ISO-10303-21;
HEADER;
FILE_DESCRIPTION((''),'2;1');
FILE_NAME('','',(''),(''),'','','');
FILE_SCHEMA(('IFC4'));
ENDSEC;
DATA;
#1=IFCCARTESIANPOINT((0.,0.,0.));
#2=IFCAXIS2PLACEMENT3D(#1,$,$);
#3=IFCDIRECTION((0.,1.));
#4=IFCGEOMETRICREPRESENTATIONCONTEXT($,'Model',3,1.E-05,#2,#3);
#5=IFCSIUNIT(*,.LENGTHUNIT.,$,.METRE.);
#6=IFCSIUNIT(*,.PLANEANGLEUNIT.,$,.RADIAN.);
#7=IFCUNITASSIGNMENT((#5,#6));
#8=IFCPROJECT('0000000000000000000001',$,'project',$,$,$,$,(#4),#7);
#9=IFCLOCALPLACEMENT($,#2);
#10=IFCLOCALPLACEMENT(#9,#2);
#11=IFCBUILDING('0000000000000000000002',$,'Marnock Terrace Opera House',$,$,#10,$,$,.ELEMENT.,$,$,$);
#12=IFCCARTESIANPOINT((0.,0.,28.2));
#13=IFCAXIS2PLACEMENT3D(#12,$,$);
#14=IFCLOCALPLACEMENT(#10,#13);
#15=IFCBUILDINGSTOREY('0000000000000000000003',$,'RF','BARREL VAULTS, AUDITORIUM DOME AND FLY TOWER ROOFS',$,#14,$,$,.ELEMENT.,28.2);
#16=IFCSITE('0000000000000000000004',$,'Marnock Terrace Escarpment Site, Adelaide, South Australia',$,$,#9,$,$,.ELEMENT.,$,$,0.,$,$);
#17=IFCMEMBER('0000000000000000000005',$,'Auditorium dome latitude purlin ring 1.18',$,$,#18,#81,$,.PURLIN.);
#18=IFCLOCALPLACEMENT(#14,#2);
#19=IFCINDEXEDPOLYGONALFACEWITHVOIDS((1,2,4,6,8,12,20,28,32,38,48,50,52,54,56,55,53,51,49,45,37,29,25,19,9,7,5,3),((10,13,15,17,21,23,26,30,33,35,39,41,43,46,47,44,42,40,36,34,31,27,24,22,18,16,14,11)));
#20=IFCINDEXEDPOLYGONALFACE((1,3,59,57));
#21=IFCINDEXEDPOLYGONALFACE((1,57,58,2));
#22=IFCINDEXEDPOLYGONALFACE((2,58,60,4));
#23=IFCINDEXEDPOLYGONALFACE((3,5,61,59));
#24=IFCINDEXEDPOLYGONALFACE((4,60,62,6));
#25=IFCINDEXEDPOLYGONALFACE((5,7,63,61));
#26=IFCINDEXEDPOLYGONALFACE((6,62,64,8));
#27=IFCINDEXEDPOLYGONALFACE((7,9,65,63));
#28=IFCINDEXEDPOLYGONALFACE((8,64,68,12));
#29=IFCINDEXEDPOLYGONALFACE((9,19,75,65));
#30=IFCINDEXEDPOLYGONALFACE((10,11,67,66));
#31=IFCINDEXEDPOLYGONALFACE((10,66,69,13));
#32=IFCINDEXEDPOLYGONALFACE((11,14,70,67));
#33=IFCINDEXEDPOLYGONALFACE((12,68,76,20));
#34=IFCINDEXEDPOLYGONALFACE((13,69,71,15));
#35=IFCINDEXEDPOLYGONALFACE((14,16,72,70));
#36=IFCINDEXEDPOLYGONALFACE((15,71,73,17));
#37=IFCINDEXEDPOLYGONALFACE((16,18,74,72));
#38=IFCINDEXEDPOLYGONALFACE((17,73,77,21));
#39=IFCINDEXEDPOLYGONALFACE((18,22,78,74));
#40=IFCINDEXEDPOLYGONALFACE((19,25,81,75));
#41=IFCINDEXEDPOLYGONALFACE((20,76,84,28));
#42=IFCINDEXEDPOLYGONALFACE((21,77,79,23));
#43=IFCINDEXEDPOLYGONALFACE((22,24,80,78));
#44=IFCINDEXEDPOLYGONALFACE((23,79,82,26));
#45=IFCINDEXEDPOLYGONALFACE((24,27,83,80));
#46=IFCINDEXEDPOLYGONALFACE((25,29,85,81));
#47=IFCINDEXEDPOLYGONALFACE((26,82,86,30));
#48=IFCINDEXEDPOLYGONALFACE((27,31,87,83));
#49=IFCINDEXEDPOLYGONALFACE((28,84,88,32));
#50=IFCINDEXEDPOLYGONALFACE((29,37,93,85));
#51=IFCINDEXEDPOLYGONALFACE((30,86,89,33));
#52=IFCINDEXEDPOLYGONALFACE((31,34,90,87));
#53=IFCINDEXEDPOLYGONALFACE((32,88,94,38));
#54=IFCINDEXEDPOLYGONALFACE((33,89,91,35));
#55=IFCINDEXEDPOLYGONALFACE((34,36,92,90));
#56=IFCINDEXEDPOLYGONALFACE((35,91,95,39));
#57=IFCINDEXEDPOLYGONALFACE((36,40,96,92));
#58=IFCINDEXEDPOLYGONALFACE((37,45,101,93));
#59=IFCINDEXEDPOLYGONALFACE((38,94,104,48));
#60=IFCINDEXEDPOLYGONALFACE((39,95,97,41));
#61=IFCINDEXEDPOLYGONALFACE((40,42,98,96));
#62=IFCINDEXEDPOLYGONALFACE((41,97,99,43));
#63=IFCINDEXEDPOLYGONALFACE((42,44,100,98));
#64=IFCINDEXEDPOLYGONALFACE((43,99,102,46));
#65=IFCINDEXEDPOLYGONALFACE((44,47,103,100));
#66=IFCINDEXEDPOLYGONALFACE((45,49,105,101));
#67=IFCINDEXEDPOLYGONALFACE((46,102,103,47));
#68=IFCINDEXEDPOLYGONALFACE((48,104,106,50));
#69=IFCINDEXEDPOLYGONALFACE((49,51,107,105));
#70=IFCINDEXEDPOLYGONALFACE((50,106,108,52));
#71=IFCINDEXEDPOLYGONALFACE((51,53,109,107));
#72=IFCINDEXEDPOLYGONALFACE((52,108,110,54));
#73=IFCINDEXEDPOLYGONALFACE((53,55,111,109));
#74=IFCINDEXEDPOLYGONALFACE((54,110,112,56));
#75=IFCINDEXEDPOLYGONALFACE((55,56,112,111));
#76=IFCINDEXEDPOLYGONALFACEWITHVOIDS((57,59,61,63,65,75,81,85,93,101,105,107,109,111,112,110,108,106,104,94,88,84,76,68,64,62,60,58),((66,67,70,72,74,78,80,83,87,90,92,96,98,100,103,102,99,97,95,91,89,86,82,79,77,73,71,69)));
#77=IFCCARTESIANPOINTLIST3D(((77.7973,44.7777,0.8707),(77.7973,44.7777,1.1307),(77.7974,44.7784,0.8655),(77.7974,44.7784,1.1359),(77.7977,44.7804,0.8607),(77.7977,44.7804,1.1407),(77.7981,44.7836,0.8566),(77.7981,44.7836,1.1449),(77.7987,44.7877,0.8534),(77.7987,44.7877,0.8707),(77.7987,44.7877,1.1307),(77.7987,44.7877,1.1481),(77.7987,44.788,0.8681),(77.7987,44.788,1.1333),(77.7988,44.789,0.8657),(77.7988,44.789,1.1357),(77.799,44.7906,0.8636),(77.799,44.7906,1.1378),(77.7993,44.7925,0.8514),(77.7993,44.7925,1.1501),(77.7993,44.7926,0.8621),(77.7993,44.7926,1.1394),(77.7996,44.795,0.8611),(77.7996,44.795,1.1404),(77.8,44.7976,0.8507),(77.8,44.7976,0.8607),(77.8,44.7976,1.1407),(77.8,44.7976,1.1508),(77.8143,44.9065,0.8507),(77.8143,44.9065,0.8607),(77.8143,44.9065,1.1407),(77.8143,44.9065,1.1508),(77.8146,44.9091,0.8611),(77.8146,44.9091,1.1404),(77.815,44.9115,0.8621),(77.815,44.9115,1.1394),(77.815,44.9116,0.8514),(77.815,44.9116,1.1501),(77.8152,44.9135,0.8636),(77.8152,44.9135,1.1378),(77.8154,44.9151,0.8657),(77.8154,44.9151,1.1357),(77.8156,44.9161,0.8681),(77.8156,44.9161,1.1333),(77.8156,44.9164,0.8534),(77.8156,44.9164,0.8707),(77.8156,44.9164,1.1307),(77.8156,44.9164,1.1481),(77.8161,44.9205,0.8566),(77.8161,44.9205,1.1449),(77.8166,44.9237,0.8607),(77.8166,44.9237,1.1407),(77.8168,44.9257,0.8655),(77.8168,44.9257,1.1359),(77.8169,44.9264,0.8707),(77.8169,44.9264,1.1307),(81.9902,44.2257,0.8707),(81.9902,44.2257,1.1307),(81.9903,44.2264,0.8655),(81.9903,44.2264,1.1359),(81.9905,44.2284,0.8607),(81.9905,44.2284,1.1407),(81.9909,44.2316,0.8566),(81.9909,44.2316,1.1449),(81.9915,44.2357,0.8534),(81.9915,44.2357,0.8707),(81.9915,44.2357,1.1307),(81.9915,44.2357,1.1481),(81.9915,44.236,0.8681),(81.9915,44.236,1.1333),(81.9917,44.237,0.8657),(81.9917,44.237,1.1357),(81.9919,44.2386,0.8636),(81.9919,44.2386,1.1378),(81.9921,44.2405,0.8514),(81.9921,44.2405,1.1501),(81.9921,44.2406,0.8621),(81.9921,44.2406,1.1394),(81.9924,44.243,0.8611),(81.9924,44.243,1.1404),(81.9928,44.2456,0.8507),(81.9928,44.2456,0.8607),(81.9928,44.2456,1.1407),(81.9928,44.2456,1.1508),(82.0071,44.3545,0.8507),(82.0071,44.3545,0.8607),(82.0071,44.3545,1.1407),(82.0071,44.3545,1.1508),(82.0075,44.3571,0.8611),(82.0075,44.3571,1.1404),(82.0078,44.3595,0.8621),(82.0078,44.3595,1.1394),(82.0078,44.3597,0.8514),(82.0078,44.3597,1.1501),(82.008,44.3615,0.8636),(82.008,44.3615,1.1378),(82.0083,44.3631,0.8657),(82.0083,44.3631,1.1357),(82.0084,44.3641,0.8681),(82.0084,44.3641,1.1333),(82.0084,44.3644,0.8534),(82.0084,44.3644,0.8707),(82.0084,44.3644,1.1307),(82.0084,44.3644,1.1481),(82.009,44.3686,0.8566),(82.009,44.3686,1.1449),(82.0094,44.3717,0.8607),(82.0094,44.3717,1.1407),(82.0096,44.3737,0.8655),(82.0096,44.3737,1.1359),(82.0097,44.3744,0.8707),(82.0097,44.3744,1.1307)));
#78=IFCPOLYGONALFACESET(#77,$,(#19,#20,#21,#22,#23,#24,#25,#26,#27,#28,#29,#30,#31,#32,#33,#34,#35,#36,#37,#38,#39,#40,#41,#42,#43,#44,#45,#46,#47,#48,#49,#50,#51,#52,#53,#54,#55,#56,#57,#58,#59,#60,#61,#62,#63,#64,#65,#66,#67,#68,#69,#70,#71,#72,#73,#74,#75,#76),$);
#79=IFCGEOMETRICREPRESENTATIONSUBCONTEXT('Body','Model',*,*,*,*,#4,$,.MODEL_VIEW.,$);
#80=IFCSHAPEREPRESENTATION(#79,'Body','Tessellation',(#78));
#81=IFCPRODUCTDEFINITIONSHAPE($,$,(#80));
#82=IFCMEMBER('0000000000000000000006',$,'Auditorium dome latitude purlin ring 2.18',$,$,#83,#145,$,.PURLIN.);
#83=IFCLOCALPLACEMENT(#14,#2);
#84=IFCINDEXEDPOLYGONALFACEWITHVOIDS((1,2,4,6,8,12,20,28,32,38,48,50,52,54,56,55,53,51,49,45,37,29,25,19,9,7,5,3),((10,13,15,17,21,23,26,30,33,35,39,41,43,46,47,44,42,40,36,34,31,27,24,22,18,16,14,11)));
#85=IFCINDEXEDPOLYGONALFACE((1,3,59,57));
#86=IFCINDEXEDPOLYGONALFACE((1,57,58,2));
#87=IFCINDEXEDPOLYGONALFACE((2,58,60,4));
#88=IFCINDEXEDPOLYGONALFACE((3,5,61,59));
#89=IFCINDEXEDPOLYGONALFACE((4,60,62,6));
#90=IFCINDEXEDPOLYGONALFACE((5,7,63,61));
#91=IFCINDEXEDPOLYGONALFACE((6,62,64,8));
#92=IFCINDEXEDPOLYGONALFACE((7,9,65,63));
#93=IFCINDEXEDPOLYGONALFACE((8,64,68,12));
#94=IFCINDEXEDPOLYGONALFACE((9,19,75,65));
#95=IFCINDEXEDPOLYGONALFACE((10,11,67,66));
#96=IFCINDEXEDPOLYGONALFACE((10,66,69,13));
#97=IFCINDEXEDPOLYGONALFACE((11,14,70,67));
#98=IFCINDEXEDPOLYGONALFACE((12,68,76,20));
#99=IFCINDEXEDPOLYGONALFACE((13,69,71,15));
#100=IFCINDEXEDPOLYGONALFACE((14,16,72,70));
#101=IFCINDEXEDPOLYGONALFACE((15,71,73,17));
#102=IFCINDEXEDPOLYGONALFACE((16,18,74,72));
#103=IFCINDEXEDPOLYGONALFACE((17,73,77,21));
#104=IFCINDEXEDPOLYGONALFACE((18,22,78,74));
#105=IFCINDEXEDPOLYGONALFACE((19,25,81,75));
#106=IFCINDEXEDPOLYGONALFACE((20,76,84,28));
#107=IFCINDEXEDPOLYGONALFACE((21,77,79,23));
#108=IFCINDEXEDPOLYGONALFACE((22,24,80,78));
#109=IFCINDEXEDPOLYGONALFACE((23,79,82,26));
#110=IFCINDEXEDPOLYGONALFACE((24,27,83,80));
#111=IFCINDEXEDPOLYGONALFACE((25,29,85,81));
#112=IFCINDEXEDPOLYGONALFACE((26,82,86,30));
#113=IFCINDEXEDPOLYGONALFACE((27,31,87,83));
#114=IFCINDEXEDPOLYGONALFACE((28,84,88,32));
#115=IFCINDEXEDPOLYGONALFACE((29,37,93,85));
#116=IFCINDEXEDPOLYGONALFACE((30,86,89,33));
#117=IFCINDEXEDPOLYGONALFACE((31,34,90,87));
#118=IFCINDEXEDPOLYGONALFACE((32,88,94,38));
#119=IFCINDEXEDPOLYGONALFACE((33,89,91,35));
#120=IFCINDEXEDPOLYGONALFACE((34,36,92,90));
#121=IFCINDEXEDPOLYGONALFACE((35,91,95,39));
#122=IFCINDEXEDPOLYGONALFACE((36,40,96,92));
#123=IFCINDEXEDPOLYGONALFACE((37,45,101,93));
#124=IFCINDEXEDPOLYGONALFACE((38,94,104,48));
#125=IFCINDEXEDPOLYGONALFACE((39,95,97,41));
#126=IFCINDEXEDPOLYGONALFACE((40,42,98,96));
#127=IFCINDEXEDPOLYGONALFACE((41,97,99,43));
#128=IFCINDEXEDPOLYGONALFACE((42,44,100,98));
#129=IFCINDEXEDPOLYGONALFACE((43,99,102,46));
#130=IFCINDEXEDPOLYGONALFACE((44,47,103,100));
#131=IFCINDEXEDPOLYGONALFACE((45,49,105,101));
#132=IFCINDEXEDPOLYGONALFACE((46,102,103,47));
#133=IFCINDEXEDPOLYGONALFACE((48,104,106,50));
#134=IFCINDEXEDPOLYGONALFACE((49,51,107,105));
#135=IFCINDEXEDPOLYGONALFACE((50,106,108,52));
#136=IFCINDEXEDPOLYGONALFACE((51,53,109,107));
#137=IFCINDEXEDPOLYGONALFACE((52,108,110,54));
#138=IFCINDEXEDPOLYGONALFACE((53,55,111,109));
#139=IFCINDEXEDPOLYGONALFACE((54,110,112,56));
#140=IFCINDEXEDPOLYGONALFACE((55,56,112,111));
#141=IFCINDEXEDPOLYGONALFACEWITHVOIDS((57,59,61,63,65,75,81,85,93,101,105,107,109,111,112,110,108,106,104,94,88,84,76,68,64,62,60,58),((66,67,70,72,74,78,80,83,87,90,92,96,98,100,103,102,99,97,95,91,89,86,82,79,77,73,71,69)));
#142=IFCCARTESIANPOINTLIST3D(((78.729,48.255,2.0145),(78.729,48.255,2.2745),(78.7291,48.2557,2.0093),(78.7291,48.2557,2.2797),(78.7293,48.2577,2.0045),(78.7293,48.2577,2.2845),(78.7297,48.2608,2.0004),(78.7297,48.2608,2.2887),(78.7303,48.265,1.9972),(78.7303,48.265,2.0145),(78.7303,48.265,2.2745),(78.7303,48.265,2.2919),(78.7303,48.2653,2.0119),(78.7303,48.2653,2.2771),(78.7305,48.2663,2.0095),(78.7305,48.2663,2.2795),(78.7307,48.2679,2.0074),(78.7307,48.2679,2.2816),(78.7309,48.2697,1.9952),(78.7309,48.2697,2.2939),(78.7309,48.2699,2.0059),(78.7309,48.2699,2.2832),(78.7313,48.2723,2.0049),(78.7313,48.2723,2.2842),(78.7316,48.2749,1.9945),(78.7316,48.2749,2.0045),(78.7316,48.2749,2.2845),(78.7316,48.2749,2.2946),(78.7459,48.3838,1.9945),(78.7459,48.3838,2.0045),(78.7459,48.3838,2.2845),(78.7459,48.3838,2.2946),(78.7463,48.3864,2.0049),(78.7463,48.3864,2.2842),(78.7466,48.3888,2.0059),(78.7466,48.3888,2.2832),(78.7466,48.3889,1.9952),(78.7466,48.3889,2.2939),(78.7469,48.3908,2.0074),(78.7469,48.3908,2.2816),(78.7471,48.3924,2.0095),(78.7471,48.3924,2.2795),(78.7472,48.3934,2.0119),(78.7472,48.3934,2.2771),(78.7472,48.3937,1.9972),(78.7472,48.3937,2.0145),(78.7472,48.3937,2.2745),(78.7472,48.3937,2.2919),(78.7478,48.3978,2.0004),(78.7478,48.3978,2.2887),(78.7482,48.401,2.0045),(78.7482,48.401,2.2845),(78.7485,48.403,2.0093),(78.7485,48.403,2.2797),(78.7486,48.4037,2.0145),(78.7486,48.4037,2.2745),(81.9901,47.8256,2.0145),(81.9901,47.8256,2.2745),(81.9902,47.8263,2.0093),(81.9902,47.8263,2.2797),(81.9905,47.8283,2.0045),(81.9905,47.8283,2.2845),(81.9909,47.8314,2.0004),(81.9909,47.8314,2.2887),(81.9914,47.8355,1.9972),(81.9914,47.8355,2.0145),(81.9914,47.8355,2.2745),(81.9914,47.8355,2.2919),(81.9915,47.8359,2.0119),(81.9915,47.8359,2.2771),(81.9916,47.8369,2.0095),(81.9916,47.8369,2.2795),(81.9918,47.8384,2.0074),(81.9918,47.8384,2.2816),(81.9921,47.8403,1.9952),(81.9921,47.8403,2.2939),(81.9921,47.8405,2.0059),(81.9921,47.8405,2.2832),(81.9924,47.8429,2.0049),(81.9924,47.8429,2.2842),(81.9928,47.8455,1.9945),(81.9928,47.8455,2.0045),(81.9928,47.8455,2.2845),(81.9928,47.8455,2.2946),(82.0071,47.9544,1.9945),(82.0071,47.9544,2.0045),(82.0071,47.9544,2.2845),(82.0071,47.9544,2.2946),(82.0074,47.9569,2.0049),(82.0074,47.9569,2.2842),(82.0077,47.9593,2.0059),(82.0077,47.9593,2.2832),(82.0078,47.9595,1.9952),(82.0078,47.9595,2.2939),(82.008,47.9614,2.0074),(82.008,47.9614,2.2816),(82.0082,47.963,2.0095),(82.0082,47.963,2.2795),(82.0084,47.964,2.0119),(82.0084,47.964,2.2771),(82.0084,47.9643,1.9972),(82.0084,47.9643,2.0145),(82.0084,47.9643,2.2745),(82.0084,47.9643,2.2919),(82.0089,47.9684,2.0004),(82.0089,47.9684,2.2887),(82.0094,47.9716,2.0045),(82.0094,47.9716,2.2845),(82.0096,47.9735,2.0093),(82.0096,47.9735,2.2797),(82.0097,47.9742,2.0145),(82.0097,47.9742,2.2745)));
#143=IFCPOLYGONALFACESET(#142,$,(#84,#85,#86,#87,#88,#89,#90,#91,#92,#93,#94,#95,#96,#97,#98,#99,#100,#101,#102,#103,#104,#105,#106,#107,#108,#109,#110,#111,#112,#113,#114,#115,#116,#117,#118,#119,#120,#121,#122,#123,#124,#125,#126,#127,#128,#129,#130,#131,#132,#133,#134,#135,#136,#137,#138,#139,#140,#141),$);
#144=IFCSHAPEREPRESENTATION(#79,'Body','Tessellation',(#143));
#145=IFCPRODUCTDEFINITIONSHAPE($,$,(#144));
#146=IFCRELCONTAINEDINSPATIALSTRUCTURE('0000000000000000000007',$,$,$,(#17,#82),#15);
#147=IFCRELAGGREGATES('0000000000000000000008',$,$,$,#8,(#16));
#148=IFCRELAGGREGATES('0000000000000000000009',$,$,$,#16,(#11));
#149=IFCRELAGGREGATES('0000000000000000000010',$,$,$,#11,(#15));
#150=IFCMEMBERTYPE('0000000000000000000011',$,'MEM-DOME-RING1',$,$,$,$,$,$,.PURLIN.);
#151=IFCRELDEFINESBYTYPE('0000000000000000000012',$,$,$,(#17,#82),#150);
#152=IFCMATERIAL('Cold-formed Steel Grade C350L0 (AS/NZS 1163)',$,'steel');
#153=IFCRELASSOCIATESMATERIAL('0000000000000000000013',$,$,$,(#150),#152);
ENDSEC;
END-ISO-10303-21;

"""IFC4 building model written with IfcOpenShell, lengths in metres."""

from ifc_helpers import new_model, si_unit, direction, frame, origin, origin_2d, place, context, subcontext, project, spatial, hollow_rectangle, extrude, material, material_profile, profile_set, type_object, element, save


model = new_model("IFC4")

# Units and contexts
model_context = context("Model", 3, precision=1e-05, world=origin(), true_north=direction((0.0, 1.0)))
body_context = subcontext(model_context, "Body", "Model", "MODEL_VIEW")
ifc_project = project(units=[si_unit("LENGTHUNIT", "METRE"), si_unit("PLANEANGLEUNIT", "RADIAN")], contexts=[model_context])

# Site, building, storey
site_placement = place(None, origin())
site = spatial("IfcSite", under=ifc_project, at=site_placement, Name="Marnock Terrace Escarpment Site, Adelaide, South Australia", CompositionType="ELEMENT", RefElevation=0.0)
building_placement = place(site_placement, origin())
building = spatial("IfcBuilding", under=site, at=building_placement, Name="Marnock Terrace Opera House", CompositionType="ELEMENT")
storey_placement = place(building_placement, frame((0.0, 0.0, 28.2)))
storey = spatial("IfcBuildingStorey", under=building, at=storey_placement, Name="RF", Description="BARREL VAULTS, AUDITORIUM DOME AND FLY TOWER ROOFS", CompositionType="ELEMENT", Elevation=28.2)

# Members
ifc_material_1 = material(Name="Cold-formed Steel Grade C350L0 (AS/NZS 1163)", Category="steel")
ifc_material_profile_1 = material_profile(ifc_material_1, hollow_rectangle(XDim=0.1499, YDim=0.3, WallThickness=0.01, InnerFilletRadius=0.01, OuterFilletRadius=0.02, at=origin_2d()))
ifc_profile_set_1 = profile_set([ifc_material_profile_1], Name="Cold-formed Steel Grade C350L0 (AS/NZS 1163)")
member_type_1 = type_object("IfcMemberType", Name="MEM-DOME-RING1", PredefinedType="PURLIN", material=ifc_profile_set_1)
member_1_placement = place(storey_placement, frame((77.8071, 44.8521, 1.0007), z_axis=(0.991445, -0.130526, 0.0), x_axis=(0.130526, 0.991445, 0.0)))
element("IfcMember", 1, at=member_1_placement, inside=storey, type_object=member_type_1, Name="Auditorium dome latitude purlin ring 1.18", PredefinedType="PURLIN", context=body_context, shape_type="SweptSolid", body=[
    extrude(hollow_rectangle(XDim=0.1499, YDim=0.3, WallThickness=0.01, InnerFilletRadius=0.01, OuterFilletRadius=0.02, at=origin_2d()), origin(), (0.0, 0.0, 1.0), 4.229),
])
member_2_placement = place(storey_placement, frame((78.7388, 48.3293, 2.1445), z_axis=(0.991441, -0.130554, 0.0), x_axis=(0.130554, 0.991441, 0.0)))
element("IfcMember", 2, at=member_2_placement, inside=storey, type_object=member_type_1, Name="Auditorium dome latitude purlin ring 2.18", PredefinedType="PURLIN", context=body_context, shape_type="SweptSolid", body=[
    extrude(hollow_rectangle(XDim=0.1499, YDim=0.3, WallThickness=0.01, InnerFilletRadius=0.01, OuterFilletRadius=0.02, at=origin_2d()), origin(), (0.0, 0.0, 1.0), 3.2893),
])

save(model, "model.ifc")
